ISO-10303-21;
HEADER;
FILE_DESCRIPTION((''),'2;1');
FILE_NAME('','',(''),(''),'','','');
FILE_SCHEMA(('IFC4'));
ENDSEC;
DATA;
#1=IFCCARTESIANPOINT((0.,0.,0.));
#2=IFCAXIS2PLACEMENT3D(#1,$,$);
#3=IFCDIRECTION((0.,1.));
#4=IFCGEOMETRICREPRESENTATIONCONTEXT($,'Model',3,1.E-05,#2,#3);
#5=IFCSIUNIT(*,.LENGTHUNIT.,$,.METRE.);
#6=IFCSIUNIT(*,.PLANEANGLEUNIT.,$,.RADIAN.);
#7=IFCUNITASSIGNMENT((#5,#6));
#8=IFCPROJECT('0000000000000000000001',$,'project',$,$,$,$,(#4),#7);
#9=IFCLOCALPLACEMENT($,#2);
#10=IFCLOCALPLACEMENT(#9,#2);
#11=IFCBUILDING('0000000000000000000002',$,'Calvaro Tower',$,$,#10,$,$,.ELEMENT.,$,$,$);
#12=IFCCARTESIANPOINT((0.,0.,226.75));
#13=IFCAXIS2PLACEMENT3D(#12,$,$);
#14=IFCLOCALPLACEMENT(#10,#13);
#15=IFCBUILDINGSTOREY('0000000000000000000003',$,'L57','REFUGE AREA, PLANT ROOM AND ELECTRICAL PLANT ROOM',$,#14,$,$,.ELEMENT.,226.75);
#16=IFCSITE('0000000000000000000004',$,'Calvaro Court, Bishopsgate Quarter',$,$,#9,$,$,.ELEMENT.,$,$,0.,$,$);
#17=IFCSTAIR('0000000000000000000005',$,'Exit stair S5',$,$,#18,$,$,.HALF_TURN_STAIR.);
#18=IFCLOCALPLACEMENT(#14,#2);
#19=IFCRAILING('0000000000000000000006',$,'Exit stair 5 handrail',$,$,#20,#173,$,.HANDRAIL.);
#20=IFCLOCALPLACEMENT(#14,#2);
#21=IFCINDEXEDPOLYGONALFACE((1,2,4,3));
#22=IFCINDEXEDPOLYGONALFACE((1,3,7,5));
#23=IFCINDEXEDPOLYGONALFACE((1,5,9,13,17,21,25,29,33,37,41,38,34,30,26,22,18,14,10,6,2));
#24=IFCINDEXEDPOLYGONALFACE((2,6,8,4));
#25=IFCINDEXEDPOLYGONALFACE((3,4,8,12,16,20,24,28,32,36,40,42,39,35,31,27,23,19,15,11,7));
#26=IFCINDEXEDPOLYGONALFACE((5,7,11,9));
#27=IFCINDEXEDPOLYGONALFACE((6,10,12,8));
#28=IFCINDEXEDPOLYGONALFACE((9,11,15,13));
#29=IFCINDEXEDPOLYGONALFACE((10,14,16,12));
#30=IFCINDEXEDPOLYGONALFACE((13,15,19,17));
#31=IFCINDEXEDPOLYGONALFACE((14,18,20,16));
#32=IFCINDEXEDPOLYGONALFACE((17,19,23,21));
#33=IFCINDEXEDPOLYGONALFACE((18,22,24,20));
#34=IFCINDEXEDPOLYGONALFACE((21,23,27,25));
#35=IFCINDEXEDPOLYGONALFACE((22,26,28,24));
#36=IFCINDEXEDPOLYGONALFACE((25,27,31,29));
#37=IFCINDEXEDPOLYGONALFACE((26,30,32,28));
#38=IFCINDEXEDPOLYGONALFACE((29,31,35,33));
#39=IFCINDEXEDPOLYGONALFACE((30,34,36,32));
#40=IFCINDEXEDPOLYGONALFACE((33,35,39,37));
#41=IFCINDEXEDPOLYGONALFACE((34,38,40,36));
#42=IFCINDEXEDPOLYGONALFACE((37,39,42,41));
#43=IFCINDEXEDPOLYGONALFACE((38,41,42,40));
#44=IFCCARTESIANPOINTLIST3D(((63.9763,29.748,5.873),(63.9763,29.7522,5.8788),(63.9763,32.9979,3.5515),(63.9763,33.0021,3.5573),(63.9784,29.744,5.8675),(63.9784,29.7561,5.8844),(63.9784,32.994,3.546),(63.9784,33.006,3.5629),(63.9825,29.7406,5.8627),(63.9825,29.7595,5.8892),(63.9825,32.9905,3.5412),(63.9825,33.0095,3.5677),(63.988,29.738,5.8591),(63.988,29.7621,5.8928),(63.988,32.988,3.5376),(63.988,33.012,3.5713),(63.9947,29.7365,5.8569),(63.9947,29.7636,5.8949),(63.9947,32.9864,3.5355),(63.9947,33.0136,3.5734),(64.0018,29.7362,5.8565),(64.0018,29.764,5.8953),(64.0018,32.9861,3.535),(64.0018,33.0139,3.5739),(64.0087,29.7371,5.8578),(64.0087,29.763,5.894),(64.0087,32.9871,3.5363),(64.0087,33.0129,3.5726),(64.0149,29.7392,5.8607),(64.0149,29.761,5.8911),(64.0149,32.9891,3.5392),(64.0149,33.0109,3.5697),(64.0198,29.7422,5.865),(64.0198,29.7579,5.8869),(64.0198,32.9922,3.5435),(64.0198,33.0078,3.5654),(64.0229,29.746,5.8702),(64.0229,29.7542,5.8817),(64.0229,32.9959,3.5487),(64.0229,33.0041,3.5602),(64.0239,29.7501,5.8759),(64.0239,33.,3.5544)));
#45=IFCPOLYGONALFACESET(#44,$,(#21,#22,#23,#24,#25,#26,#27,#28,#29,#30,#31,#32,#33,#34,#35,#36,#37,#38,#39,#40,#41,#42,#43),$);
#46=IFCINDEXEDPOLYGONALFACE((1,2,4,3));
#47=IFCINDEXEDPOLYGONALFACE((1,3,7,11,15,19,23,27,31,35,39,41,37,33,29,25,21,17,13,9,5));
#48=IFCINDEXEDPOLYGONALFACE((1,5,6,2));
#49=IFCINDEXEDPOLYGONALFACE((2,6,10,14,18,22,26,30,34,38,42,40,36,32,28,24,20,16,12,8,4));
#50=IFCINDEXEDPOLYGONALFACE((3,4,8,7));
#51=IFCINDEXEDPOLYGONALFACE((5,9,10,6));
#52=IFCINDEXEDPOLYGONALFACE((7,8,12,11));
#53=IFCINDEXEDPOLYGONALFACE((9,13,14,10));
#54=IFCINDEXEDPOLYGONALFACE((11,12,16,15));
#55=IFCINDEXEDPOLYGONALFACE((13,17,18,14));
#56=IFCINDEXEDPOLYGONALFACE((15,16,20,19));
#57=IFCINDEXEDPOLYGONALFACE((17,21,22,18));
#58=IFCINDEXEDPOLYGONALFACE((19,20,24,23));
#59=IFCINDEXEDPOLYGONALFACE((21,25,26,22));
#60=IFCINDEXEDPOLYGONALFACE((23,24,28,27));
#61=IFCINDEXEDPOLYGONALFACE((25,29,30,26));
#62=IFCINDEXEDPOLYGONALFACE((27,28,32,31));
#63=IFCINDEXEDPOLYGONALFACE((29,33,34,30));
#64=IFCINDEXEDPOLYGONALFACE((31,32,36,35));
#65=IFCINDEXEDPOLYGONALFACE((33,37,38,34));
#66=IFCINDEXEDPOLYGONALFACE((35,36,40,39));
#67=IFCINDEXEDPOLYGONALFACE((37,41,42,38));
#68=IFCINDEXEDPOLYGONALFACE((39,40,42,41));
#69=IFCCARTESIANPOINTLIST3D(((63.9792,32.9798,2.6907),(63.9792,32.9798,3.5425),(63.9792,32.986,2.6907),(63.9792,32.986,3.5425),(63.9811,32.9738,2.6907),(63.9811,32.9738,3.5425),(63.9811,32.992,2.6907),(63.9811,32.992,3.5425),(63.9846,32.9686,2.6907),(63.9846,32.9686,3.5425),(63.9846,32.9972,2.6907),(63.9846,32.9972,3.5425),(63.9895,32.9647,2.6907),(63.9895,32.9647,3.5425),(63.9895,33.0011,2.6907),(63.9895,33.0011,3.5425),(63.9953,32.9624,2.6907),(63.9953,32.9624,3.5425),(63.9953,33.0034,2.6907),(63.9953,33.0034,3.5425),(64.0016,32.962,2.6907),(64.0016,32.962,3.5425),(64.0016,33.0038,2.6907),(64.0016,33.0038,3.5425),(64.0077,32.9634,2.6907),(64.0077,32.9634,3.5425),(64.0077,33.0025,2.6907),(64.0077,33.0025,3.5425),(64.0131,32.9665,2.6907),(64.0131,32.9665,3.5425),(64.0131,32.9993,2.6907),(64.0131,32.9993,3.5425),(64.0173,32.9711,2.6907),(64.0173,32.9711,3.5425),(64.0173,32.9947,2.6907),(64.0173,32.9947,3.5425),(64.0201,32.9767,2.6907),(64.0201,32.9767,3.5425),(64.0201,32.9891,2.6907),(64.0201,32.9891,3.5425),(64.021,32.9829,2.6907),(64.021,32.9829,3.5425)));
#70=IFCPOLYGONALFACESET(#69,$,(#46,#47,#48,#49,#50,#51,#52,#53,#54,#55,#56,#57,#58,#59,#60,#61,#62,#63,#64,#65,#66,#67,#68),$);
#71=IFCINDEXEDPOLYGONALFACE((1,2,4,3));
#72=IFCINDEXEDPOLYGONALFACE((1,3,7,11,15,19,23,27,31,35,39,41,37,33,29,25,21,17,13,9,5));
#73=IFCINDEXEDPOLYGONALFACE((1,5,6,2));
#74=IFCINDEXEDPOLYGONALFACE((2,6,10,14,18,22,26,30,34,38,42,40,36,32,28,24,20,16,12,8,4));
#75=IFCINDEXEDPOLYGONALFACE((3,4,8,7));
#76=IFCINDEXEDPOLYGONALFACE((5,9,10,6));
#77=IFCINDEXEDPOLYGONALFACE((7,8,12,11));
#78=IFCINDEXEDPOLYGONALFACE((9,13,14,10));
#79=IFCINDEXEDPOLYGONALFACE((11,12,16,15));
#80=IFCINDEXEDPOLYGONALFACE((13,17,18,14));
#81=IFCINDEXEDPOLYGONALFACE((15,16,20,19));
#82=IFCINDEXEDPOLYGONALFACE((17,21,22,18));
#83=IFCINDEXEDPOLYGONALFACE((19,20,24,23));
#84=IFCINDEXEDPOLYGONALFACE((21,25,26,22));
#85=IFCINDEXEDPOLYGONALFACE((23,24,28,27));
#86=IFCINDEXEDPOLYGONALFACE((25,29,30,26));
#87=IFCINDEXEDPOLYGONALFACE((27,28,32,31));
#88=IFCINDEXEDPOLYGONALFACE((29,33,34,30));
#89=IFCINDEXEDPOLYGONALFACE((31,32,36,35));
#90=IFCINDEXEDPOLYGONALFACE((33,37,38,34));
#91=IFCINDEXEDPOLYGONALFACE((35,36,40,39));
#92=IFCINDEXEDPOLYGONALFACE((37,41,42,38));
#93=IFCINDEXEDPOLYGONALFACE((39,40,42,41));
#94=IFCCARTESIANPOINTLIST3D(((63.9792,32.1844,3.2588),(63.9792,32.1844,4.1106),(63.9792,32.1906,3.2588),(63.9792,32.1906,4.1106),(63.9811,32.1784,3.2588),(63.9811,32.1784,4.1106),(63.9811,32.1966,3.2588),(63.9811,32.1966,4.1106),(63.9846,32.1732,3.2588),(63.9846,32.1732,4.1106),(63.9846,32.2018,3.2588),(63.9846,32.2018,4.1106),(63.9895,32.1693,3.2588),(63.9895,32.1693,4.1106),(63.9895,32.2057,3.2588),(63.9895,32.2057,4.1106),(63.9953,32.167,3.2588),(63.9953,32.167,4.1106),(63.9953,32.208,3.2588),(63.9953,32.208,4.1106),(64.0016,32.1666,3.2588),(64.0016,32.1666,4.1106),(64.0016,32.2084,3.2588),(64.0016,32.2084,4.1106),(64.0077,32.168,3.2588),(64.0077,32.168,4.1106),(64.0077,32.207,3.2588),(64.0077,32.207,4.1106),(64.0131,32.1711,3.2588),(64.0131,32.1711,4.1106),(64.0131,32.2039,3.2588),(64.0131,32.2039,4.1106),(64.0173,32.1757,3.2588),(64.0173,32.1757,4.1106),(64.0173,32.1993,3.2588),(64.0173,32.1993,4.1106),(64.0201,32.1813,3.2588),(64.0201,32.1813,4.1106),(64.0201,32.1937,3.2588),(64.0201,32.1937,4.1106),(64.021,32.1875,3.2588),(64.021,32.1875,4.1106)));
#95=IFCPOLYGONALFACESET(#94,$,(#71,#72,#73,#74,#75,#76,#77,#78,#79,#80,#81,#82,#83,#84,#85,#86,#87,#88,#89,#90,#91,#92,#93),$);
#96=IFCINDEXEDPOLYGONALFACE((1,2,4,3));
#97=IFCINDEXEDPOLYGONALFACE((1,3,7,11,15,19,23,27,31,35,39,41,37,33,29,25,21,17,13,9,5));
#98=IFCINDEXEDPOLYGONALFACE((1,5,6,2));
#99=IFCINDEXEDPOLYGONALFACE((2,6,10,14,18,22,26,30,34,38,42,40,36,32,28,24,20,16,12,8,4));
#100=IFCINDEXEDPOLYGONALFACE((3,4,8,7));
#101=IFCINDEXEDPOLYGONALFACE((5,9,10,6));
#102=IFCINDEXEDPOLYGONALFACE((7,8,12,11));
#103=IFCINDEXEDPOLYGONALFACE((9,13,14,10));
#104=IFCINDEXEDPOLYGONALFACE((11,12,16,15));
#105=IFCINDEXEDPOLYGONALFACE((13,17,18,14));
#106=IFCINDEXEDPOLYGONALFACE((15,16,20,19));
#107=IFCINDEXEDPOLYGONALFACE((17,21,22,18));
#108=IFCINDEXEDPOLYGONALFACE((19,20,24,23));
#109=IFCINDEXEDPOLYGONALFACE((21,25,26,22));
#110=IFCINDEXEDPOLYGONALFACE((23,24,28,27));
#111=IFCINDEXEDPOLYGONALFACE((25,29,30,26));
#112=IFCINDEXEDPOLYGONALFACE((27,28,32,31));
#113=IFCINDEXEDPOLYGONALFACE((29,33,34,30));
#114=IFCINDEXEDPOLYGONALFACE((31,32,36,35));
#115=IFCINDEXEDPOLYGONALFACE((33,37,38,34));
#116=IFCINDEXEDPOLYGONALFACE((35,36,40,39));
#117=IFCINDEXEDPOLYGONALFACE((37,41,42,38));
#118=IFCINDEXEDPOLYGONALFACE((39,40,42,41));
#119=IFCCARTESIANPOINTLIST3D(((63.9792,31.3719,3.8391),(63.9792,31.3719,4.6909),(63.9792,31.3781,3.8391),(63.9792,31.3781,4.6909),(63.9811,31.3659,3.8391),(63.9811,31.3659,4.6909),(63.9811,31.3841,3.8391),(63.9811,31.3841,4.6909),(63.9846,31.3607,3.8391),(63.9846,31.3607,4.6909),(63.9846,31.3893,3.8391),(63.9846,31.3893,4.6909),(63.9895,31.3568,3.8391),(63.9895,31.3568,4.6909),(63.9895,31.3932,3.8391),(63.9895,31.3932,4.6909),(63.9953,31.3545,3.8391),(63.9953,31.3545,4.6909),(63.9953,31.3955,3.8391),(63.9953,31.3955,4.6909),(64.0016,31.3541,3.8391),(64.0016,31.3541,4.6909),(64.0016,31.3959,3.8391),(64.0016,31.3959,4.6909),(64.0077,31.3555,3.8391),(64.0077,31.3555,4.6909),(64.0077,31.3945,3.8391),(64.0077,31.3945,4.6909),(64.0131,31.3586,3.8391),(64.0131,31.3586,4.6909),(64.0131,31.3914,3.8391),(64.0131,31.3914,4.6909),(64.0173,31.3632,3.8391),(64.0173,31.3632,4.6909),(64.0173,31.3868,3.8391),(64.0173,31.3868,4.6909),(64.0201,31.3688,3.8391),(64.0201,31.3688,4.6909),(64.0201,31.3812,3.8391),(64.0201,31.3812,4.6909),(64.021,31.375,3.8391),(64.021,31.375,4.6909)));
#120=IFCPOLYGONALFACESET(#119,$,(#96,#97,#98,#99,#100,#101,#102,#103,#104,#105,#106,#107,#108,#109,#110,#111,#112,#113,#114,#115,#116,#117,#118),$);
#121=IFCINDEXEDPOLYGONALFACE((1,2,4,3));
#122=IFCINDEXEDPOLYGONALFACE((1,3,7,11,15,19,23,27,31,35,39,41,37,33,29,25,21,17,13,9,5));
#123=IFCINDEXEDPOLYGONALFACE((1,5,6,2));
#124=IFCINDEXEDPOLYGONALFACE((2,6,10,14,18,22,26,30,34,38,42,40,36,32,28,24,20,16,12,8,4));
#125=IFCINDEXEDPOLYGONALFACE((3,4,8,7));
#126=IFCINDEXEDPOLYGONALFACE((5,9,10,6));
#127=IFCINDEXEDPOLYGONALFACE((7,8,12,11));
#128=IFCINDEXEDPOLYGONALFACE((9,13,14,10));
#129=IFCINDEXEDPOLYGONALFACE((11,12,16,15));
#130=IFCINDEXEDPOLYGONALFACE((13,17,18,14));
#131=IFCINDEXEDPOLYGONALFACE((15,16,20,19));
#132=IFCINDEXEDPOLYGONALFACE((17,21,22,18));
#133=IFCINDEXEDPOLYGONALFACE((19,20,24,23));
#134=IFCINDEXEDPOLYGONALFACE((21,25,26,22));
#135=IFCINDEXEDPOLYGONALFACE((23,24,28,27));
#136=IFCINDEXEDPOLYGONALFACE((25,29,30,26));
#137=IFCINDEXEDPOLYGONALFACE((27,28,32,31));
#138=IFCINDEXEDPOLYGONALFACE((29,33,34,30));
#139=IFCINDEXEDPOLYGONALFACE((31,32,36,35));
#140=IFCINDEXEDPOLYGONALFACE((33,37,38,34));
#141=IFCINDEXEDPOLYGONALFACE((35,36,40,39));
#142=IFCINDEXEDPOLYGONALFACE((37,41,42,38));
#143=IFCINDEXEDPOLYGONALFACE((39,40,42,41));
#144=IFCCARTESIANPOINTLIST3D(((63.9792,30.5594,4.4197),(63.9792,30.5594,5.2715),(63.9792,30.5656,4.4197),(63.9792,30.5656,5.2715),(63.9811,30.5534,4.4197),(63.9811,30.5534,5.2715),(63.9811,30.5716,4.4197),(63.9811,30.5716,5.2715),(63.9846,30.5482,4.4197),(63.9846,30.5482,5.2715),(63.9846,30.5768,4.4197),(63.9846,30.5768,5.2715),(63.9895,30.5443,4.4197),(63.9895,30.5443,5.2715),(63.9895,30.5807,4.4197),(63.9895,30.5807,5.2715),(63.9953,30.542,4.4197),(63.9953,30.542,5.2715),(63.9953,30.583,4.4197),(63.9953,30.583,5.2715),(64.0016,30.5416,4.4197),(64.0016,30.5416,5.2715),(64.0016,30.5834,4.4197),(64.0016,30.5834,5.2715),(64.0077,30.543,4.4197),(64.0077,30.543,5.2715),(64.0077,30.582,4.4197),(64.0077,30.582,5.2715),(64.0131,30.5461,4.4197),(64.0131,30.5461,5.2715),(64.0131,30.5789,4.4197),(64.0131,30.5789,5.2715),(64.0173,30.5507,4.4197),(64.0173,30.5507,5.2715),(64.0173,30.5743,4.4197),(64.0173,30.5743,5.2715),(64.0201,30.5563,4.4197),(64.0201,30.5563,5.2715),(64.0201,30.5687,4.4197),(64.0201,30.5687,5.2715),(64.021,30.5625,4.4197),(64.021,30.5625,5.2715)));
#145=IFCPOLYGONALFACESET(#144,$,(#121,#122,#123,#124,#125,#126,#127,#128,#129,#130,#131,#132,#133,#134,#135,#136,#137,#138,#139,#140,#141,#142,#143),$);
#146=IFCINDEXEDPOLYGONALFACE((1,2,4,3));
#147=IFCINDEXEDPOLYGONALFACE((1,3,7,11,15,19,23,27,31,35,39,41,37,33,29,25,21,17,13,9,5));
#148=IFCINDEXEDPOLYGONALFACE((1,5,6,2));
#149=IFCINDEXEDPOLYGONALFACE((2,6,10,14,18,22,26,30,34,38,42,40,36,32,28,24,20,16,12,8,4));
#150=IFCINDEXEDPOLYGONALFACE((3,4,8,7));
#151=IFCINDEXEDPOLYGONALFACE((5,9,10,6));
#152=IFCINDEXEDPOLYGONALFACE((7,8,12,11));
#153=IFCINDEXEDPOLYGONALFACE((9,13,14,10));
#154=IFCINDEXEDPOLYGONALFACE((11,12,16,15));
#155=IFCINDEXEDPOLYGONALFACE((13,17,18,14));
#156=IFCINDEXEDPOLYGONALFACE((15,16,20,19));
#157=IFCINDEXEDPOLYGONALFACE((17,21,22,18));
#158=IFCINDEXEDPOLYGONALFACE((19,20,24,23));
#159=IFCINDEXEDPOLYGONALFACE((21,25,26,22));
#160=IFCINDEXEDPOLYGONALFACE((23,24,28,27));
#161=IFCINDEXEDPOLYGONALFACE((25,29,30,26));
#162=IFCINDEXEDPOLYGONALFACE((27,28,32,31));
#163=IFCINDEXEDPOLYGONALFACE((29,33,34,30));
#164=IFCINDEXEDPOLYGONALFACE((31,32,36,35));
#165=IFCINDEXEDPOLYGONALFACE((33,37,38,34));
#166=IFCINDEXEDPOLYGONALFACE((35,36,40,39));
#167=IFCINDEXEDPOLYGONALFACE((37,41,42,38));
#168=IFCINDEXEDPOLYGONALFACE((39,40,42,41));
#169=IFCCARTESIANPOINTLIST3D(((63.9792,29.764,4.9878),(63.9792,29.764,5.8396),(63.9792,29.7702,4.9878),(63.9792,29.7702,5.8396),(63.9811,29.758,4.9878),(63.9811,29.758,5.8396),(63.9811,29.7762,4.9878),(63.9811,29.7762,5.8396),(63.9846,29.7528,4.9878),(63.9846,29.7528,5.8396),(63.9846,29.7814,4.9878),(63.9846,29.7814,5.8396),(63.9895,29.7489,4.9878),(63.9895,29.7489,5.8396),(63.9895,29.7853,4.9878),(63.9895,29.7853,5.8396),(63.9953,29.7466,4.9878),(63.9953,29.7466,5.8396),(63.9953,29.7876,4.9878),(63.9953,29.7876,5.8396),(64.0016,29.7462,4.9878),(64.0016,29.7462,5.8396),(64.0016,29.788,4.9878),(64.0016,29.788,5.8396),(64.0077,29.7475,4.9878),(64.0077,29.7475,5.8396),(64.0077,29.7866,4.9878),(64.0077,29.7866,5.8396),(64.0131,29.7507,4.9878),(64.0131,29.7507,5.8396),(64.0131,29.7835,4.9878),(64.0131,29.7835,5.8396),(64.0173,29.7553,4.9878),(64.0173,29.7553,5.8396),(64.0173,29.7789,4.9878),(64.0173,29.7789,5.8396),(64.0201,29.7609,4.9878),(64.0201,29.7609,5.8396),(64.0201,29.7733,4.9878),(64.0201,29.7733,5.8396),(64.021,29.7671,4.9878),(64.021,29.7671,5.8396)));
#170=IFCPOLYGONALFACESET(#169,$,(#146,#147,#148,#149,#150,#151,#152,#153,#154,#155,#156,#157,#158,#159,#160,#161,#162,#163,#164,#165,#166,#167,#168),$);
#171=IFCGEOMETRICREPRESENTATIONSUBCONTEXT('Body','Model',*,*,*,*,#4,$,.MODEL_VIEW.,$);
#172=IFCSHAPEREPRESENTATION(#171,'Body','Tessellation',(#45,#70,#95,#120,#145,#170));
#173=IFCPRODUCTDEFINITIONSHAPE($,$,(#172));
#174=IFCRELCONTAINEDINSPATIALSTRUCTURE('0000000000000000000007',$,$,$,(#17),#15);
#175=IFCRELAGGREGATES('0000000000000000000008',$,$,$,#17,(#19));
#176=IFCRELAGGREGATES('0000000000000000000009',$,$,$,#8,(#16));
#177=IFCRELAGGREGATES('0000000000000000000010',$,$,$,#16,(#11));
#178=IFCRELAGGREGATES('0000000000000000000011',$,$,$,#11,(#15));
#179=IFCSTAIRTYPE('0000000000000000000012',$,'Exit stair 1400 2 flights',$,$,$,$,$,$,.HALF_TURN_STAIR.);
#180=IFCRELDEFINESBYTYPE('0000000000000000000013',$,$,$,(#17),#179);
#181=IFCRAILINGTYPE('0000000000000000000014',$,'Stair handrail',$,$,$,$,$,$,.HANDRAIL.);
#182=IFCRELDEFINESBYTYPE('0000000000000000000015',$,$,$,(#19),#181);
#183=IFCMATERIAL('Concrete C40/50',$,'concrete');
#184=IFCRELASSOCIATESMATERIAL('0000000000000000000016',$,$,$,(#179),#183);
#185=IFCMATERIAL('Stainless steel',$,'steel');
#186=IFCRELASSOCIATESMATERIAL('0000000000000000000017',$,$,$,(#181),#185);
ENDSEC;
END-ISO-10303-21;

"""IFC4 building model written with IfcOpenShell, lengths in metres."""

from ifc_helpers import new_model, si_unit, direction, frame, origin, origin_2d, place, context, subcontext, project, spatial, circle, extrude, material, type_object, element, aggregate, save


model = new_model("IFC4")

# Units and contexts
model_context = context("Model", 3, precision=1e-05, world=origin(), true_north=direction((0.0, 1.0)))
body_context = subcontext(model_context, "Body", "Model", "MODEL_VIEW")
ifc_project = project(units=[si_unit("LENGTHUNIT", "METRE"), si_unit("PLANEANGLEUNIT", "RADIAN")], contexts=[model_context])

# Site, building, storey
site_placement = place(None, origin())
site = spatial("IfcSite", under=ifc_project, at=site_placement, Name="Calvaro Court, Bishopsgate Quarter", CompositionType="ELEMENT", RefElevation=0.0)
building_placement = place(site_placement, origin())
building = spatial("IfcBuilding", under=site, at=building_placement, Name="Calvaro Tower", CompositionType="ELEMENT")
storey_placement = place(building_placement, frame((0.0, 0.0, 226.75)))
storey = spatial("IfcBuildingStorey", under=building, at=storey_placement, Name="L57", Description="REFUGE AREA, PLANT ROOM AND ELECTRICAL PLANT ROOM", CompositionType="ELEMENT", Elevation=226.75)

# Stair
ifc_material_1 = material(Name="Concrete C40/50", Category="concrete")
stair_type = type_object("IfcStairType", Name="Exit stair 1400 2 flights", PredefinedType="HALF_TURN_STAIR", material=ifc_material_1)
stair_placement = place(storey_placement, origin())
stair = element("IfcStair", 1, at=stair_placement, inside=storey, type_object=stair_type, Name="Exit stair S5", PredefinedType="HALF_TURN_STAIR")

# Railing
ifc_material_2 = material(Name="Stainless steel", Category="steel")
railing_type = type_object("IfcRailingType", Name="Stair handrail", PredefinedType="HANDRAIL", material=ifc_material_2)
railing_1_placement = place(storey_placement, frame((64.0, 33.0, 2.6785)))
railing_1 = element("IfcRailing", 2, at=railing_1_placement, type_object=railing_type, Name="Exit stair 5 handrail", PredefinedType="HANDRAIL", context=body_context, shape_type="SweptSolid", body=[
    extrude(circle(Radius=0.0239, at=origin_2d()), frame((0.0, 0.0, 0.876), z_axis=(0.0, -0.813721, 0.581256), x_axis=(1.0, 0.0, 0.0)), (0.0, 0.0, 1.0), 3.9939),
    extrude(circle(Radius=0.021, at=origin_2d()), frame((0.0, -0.0171, 0.0122)), (0.0, 0.0, 1.0), 0.8518),
    extrude(circle(Radius=0.021, at=origin_2d()), frame((0.0, -0.8125, 0.5803)), (0.0, 0.0, 1.0), 0.8518),
    extrude(circle(Radius=0.021, at=origin_2d()), frame((0.0, -1.625, 1.1606)), (0.0, 0.0, 1.0), 0.8518),
    extrude(circle(Radius=0.021, at=origin_2d()), frame((0.0, -2.4375, 1.7412)), (0.0, 0.0, 1.0), 0.8518),
    extrude(circle(Radius=0.021, at=origin_2d()), frame((0.0, -3.2329, 2.3093)), (0.0, 0.0, 1.0), 0.8518),
])
aggregate(stair, [railing_1])

save(model, "model.ifc")
